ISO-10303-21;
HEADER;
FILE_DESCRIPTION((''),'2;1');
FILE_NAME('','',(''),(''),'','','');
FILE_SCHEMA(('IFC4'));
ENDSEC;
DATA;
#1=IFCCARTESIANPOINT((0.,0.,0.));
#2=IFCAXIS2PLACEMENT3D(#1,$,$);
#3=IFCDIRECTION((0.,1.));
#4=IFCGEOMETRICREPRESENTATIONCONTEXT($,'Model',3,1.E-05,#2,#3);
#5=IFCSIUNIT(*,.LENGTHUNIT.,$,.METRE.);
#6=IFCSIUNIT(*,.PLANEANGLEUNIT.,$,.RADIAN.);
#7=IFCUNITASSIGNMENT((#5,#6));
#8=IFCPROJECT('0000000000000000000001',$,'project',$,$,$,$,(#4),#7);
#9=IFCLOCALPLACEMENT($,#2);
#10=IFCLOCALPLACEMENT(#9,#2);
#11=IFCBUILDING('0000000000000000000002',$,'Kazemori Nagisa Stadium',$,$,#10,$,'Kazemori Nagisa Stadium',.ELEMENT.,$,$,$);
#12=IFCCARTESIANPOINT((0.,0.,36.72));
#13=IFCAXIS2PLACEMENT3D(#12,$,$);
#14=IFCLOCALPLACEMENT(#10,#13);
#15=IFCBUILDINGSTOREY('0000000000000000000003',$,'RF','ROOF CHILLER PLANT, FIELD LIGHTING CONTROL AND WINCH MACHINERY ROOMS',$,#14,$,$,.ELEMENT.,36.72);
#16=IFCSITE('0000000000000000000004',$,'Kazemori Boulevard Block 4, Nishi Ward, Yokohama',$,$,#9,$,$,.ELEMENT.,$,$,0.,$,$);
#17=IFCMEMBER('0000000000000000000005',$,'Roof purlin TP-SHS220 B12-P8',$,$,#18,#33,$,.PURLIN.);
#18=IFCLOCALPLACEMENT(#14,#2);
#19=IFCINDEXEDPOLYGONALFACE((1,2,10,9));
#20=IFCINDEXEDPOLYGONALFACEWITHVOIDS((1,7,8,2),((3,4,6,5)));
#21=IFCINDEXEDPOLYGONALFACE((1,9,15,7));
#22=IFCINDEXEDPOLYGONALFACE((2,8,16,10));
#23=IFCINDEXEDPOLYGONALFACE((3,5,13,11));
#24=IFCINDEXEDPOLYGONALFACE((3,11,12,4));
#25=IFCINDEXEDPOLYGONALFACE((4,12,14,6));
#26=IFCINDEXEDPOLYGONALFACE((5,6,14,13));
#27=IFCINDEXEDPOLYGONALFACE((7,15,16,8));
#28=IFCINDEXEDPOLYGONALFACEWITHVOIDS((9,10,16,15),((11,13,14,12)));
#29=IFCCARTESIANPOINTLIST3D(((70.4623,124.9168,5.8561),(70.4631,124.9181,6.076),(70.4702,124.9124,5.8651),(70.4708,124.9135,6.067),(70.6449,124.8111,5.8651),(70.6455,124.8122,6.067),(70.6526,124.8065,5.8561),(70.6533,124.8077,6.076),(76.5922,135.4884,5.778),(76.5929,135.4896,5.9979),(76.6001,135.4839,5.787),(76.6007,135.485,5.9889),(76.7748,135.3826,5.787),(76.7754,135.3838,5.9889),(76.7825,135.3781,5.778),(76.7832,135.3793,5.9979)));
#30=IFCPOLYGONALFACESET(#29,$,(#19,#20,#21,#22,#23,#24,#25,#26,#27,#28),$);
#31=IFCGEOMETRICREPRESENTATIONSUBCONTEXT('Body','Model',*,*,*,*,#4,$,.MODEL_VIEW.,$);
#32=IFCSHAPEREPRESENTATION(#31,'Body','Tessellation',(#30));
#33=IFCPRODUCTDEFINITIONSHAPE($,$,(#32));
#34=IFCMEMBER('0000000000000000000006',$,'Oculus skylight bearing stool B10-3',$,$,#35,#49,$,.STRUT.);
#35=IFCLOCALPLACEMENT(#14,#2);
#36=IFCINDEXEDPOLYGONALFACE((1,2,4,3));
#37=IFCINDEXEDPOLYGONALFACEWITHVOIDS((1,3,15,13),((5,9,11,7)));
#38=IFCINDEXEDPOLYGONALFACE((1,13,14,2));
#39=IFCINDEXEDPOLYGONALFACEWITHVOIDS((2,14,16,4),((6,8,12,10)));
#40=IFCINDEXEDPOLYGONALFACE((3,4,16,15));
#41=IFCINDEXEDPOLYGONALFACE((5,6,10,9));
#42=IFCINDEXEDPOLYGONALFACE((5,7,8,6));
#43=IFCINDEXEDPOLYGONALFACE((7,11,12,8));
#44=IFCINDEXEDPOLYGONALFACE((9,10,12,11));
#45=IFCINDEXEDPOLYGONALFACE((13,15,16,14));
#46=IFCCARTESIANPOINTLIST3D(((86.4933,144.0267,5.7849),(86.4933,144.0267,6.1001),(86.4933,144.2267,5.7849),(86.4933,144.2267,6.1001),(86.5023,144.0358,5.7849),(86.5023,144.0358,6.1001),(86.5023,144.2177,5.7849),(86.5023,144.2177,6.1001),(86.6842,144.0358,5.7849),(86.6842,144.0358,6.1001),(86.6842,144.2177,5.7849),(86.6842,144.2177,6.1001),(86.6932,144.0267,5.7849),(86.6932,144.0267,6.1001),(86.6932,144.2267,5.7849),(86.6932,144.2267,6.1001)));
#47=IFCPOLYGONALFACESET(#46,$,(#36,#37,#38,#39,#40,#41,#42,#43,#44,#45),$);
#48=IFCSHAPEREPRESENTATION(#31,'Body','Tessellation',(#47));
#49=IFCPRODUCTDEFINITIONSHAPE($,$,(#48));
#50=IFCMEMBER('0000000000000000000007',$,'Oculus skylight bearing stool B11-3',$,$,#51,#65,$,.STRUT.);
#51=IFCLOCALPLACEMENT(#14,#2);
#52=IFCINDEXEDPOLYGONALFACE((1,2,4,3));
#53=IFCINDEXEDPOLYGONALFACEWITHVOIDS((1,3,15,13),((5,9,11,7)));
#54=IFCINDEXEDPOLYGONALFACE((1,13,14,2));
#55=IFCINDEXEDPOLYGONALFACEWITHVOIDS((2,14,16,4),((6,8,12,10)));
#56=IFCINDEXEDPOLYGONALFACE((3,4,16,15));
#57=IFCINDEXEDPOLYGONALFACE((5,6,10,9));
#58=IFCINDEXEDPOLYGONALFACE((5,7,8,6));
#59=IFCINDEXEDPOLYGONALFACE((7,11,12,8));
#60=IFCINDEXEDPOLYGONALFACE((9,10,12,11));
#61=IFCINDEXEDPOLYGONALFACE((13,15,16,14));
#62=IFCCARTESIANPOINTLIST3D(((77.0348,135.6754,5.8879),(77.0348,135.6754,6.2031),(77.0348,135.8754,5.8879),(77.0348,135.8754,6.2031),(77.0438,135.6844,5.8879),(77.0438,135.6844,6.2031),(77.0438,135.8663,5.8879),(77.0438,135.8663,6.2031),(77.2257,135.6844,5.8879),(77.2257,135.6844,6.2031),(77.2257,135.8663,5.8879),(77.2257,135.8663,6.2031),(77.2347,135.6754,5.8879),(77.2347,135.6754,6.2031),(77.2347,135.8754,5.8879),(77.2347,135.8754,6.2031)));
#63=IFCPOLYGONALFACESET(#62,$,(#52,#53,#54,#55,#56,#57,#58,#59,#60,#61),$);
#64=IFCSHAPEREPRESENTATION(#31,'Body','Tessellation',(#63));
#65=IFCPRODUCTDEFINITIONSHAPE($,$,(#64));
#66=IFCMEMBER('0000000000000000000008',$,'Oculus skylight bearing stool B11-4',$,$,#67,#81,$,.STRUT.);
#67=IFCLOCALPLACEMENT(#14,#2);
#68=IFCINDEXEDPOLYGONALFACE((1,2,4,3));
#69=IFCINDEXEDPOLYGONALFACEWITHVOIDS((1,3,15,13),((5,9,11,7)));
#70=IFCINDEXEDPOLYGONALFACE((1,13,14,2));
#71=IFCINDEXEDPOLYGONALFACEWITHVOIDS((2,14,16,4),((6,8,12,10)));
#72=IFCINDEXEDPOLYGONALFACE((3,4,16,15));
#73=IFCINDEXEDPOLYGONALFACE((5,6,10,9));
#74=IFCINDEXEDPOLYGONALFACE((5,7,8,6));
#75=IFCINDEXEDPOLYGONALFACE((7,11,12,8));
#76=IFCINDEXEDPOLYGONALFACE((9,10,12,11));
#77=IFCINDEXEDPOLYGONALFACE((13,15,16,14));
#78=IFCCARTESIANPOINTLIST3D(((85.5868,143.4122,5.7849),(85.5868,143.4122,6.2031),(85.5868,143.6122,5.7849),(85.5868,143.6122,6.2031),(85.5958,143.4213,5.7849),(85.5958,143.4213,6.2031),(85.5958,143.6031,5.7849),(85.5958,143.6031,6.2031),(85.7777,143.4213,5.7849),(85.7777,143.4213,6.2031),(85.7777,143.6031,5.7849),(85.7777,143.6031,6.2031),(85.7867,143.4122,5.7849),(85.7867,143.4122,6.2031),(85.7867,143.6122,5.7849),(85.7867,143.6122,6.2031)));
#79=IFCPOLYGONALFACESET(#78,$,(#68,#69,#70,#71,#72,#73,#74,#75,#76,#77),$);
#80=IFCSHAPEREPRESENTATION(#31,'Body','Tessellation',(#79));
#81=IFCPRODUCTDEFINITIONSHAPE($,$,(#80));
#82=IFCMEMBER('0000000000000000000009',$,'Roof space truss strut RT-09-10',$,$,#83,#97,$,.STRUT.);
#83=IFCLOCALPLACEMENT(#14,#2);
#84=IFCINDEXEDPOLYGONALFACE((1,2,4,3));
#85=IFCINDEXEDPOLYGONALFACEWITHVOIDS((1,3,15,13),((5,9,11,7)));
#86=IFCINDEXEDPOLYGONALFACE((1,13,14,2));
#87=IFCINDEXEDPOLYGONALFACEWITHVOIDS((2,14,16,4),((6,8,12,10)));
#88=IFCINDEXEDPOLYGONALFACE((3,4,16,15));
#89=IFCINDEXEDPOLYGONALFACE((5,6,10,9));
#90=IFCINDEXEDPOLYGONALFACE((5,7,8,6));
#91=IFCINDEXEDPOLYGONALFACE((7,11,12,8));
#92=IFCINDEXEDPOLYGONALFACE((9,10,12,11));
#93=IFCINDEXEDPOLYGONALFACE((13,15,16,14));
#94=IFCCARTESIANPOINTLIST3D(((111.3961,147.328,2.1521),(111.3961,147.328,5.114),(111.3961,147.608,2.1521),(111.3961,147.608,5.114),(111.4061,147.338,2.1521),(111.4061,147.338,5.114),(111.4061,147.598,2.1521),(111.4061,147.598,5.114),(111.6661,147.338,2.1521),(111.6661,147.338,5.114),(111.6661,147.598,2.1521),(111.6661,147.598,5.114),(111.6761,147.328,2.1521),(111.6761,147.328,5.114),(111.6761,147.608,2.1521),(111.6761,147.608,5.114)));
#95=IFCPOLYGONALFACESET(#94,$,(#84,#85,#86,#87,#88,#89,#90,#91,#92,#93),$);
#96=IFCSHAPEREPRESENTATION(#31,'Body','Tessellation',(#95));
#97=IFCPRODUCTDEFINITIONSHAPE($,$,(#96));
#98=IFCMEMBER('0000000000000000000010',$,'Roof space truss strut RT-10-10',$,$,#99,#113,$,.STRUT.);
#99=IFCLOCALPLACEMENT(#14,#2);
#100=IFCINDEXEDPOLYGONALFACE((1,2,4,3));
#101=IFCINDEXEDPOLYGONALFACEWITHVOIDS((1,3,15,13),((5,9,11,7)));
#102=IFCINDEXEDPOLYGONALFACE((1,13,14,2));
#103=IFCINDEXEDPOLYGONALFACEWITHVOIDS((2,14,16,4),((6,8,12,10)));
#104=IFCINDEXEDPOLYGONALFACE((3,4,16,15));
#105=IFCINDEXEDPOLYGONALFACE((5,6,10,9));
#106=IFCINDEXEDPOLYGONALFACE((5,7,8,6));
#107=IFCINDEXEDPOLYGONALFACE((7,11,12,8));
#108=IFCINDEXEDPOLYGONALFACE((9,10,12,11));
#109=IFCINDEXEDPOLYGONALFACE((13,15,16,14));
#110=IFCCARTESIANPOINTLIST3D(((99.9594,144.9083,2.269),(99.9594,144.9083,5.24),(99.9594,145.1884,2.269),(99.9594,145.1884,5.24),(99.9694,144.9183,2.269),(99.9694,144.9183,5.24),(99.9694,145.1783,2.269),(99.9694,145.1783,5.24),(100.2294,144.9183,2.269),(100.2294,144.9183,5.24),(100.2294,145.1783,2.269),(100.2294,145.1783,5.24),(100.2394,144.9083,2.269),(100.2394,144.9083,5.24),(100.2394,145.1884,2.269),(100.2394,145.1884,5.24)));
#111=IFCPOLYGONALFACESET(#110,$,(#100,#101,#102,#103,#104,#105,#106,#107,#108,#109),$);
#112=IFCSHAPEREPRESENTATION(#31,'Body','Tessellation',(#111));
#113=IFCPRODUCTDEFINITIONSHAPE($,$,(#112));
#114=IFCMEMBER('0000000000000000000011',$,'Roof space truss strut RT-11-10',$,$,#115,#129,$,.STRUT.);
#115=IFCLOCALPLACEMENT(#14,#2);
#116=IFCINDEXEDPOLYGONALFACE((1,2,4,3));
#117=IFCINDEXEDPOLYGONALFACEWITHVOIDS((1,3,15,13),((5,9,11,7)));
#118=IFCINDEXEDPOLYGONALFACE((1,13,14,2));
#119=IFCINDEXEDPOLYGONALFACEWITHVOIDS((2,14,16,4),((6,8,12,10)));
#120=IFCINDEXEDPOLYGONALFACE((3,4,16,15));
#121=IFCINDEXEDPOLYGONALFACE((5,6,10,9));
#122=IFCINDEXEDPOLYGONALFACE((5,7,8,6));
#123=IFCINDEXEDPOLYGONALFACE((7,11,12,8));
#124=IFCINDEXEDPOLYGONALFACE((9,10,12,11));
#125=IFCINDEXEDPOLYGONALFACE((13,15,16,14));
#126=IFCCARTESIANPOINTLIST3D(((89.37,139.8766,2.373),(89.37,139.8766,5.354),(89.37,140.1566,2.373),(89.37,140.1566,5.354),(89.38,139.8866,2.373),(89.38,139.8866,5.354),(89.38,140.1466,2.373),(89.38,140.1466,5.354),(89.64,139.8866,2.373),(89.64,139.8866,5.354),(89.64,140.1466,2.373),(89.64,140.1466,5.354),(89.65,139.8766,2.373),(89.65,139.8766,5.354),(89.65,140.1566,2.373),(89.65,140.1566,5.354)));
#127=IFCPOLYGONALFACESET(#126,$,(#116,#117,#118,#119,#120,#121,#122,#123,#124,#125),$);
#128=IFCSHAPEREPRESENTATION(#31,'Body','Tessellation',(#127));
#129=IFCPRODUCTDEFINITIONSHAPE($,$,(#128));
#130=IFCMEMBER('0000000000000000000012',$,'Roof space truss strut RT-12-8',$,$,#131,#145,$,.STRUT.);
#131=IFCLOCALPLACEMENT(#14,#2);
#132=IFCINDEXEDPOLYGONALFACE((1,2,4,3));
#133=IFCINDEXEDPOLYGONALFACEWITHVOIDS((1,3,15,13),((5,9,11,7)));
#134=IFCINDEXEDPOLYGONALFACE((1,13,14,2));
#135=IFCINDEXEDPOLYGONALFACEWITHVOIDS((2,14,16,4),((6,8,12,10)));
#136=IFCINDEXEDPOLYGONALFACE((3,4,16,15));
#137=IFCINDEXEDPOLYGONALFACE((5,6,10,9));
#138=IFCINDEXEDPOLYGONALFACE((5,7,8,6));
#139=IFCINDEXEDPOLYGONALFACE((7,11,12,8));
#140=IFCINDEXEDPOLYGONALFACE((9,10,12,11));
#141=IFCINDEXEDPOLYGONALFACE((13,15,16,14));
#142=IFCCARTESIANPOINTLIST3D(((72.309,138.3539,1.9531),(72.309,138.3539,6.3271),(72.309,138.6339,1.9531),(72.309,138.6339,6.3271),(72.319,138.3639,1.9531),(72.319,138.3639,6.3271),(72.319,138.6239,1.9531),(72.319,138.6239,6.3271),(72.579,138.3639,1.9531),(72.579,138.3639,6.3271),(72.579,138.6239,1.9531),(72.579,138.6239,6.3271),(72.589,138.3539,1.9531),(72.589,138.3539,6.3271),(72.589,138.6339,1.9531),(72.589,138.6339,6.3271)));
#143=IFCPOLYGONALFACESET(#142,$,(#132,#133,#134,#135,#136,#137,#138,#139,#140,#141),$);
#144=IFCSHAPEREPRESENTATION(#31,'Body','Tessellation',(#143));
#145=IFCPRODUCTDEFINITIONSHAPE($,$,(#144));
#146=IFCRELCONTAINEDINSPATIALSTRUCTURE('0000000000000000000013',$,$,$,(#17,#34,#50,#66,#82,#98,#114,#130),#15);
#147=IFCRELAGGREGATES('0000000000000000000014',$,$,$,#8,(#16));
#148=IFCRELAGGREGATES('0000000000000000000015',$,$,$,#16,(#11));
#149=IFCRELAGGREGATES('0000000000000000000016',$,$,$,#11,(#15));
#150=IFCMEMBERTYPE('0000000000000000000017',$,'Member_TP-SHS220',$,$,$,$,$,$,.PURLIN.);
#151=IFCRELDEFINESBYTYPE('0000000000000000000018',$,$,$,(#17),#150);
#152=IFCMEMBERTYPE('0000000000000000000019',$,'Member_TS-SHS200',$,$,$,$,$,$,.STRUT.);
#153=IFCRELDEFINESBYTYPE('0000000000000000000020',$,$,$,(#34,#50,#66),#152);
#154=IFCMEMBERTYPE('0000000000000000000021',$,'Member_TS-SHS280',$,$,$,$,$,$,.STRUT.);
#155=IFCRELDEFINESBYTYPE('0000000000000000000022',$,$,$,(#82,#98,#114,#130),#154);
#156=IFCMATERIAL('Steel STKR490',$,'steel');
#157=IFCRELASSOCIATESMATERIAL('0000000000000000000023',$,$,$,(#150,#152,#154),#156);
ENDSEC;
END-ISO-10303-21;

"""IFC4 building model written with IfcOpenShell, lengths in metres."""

from ifc_helpers import new_model, si_unit, direction, frame, origin, origin_2d, place, context, subcontext, project, spatial, hollow_rectangle, extrude, material, material_profile, profile_set, type_object, element, save


model = new_model("IFC4")

# Units and contexts
model_context = context("Model", 3, precision=1e-05, world=origin(), true_north=direction((0.0, 1.0)))
body_context = subcontext(model_context, "Body", "Model", "MODEL_VIEW")
ifc_project = project(units=[si_unit("LENGTHUNIT", "METRE"), si_unit("PLANEANGLEUNIT", "RADIAN")], contexts=[model_context])

# Site, building, storey
site_placement = place(None, origin())
site = spatial("IfcSite", under=ifc_project, at=site_placement, Name="Kazemori Boulevard Block 4, Nishi Ward, Yokohama", CompositionType="ELEMENT", RefElevation=0.0)
building_placement = place(site_placement, origin())
building = spatial("IfcBuilding", under=site, at=building_placement, Name="Kazemori Nagisa Stadium", LongName="Kazemori Nagisa Stadium", CompositionType="ELEMENT")
storey_placement = place(building_placement, frame((0.0, 0.0, 36.72)))
storey = spatial("IfcBuildingStorey", under=building, at=storey_placement, Name="RF", Description="ROOF CHILLER PLANT, FIELD LIGHTING CONTROL AND WINCH MACHINERY ROOMS", CompositionType="ELEMENT", Elevation=36.72)

# Members
ifc_material = material(Name="Steel STKR490", Category="steel")
ifc_material_profile_1 = material_profile(ifc_material, hollow_rectangle(XDim=0.22, YDim=0.22, WallThickness=0.009, at=origin_2d()), Name="SHS-220x220x9")
ifc_profile_set_1 = profile_set([ifc_material_profile_1], Name="Steel STKR490")
member_type_1 = type_object("IfcMemberType", Name="Member_TP-SHS220", PredefinedType="PURLIN", material=ifc_profile_set_1)
member_1_placement = place(storey_placement, frame((76.6877, 135.4338, 5.8879), z_axis=(-0.501609, -0.865071, 0.006393), x_axis=(0.865088, -0.50162, 0.0)))
element("IfcMember", 1, at=member_1_placement, inside=storey, type_object=member_type_1, Name="Roof purlin TP-SHS220 B12-P8", PredefinedType="PURLIN", context=body_context, shape_type="SweptSolid", body=[
    extrude(hollow_rectangle(XDim=0.22, YDim=0.22, WallThickness=0.009, at=origin_2d()), origin(), (0.0, 0.0, 1.0), 12.2205),
])
ifc_material_profile_2 = material_profile(ifc_material, hollow_rectangle(XDim=0.2, YDim=0.2, WallThickness=0.009, at=origin_2d()), Name="SHS-200x200x9")
ifc_profile_set_2 = profile_set([ifc_material_profile_2], Name="Steel STKR490")
member_type_2 = type_object("IfcMemberType", Name="Member_TS-SHS200", PredefinedType="STRUT", material=ifc_profile_set_2)
for number, where, z_axis, x_axis, name in (
    (2, (86.5933, 144.1267, 5.7849), (0.0, 0.0, 1.0), (1.0, 0.0, 0.0), "Oculus skylight bearing stool B10-3"),
    (3, (77.1348, 135.7754, 5.8879), (0.0, 0.0, 1.0), (1.0, 0.0, 0.0), "Oculus skylight bearing stool B11-3"),
):
    element("IfcMember", number, at=place(storey_placement, frame(where, z_axis=z_axis, x_axis=x_axis)), inside=storey, type_object=member_type_2, Name=name, PredefinedType="STRUT", context=body_context, shape_type="SweptSolid", body=[
        extrude(hollow_rectangle(XDim=0.2, YDim=0.2, WallThickness=0.009, at=origin_2d()), origin(), (0.0, 0.0, 1.0), 0.3152),
    ])
member_2_placement = place(storey_placement, frame((85.6868, 143.5122, 5.7849), z_axis=(0.0, 0.0, 1.0), x_axis=(1.0, 0.0, 0.0)))
element("IfcMember", 4, at=member_2_placement, inside=storey, type_object=member_type_2, Name="Oculus skylight bearing stool B11-4", PredefinedType="STRUT", context=body_context, shape_type="SweptSolid", body=[
    extrude(hollow_rectangle(XDim=0.2, YDim=0.2, WallThickness=0.009, at=origin_2d()), origin(), (0.0, 0.0, 1.0), 0.4182),
])
ifc_material_profile_3 = material_profile(ifc_material, hollow_rectangle(XDim=0.28, YDim=0.28, WallThickness=0.01, at=origin_2d()), Name="SHS-280x280x10")
ifc_profile_set_3 = profile_set([ifc_material_profile_3], Name="Steel STKR490")
member_type_3 = type_object("IfcMemberType", Name="Member_TS-SHS280", PredefinedType="STRUT", material=ifc_profile_set_3)
member_3_placement = place(storey_placement, frame((111.5361, 147.468, 2.1521), z_axis=(0.0, 0.0, 1.0), x_axis=(1.0, 0.0, 0.0)))
element("IfcMember", 5, at=member_3_placement, inside=storey, type_object=member_type_3, Name="Roof space truss strut RT-09-10", PredefinedType="STRUT", context=body_context, shape_type="SweptSolid", body=[
    extrude(hollow_rectangle(XDim=0.28, YDim=0.28, WallThickness=0.01, at=origin_2d()), origin(), (0.0, 0.0, 1.0), 2.9619),
])
member_4_placement = place(storey_placement, frame((100.0994, 145.0483, 2.269), z_axis=(0.0, 0.0, 1.0), x_axis=(1.0, 0.0, 0.0)))
element("IfcMember", 6, at=member_4_placement, inside=storey, type_object=member_type_3, Name="Roof space truss strut RT-10-10", PredefinedType="STRUT", context=body_context, shape_type="SweptSolid", body=[
    extrude(hollow_rectangle(XDim=0.28, YDim=0.28, WallThickness=0.01, at=origin_2d()), origin(), (0.0, 0.0, 1.0), 2.9709),
])
member_5_placement = place(storey_placement, frame((89.51, 140.0166, 2.373), z_axis=(0.0, 0.0, 1.0), x_axis=(1.0, 0.0, 0.0)))
element("IfcMember", 7, at=member_5_placement, inside=storey, type_object=member_type_3, Name="Roof space truss strut RT-11-10", PredefinedType="STRUT", context=body_context, shape_type="SweptSolid", body=[
    extrude(hollow_rectangle(XDim=0.28, YDim=0.28, WallThickness=0.01, at=origin_2d()), origin(), (0.0, 0.0, 1.0), 2.981),
])
member_6_placement = place(storey_placement, frame((72.449, 138.4939, 1.9531), z_axis=(0.0, 0.0, 1.0), x_axis=(1.0, 0.0, 0.0)))
element("IfcMember", 8, at=member_6_placement, inside=storey, type_object=member_type_3, Name="Roof space truss strut RT-12-8", PredefinedType="STRUT", context=body_context, shape_type="SweptSolid", body=[
    extrude(hollow_rectangle(XDim=0.28, YDim=0.28, WallThickness=0.01, at=origin_2d()), origin(), (0.0, 0.0, 1.0), 4.374),
])

save(model, "model.ifc")
